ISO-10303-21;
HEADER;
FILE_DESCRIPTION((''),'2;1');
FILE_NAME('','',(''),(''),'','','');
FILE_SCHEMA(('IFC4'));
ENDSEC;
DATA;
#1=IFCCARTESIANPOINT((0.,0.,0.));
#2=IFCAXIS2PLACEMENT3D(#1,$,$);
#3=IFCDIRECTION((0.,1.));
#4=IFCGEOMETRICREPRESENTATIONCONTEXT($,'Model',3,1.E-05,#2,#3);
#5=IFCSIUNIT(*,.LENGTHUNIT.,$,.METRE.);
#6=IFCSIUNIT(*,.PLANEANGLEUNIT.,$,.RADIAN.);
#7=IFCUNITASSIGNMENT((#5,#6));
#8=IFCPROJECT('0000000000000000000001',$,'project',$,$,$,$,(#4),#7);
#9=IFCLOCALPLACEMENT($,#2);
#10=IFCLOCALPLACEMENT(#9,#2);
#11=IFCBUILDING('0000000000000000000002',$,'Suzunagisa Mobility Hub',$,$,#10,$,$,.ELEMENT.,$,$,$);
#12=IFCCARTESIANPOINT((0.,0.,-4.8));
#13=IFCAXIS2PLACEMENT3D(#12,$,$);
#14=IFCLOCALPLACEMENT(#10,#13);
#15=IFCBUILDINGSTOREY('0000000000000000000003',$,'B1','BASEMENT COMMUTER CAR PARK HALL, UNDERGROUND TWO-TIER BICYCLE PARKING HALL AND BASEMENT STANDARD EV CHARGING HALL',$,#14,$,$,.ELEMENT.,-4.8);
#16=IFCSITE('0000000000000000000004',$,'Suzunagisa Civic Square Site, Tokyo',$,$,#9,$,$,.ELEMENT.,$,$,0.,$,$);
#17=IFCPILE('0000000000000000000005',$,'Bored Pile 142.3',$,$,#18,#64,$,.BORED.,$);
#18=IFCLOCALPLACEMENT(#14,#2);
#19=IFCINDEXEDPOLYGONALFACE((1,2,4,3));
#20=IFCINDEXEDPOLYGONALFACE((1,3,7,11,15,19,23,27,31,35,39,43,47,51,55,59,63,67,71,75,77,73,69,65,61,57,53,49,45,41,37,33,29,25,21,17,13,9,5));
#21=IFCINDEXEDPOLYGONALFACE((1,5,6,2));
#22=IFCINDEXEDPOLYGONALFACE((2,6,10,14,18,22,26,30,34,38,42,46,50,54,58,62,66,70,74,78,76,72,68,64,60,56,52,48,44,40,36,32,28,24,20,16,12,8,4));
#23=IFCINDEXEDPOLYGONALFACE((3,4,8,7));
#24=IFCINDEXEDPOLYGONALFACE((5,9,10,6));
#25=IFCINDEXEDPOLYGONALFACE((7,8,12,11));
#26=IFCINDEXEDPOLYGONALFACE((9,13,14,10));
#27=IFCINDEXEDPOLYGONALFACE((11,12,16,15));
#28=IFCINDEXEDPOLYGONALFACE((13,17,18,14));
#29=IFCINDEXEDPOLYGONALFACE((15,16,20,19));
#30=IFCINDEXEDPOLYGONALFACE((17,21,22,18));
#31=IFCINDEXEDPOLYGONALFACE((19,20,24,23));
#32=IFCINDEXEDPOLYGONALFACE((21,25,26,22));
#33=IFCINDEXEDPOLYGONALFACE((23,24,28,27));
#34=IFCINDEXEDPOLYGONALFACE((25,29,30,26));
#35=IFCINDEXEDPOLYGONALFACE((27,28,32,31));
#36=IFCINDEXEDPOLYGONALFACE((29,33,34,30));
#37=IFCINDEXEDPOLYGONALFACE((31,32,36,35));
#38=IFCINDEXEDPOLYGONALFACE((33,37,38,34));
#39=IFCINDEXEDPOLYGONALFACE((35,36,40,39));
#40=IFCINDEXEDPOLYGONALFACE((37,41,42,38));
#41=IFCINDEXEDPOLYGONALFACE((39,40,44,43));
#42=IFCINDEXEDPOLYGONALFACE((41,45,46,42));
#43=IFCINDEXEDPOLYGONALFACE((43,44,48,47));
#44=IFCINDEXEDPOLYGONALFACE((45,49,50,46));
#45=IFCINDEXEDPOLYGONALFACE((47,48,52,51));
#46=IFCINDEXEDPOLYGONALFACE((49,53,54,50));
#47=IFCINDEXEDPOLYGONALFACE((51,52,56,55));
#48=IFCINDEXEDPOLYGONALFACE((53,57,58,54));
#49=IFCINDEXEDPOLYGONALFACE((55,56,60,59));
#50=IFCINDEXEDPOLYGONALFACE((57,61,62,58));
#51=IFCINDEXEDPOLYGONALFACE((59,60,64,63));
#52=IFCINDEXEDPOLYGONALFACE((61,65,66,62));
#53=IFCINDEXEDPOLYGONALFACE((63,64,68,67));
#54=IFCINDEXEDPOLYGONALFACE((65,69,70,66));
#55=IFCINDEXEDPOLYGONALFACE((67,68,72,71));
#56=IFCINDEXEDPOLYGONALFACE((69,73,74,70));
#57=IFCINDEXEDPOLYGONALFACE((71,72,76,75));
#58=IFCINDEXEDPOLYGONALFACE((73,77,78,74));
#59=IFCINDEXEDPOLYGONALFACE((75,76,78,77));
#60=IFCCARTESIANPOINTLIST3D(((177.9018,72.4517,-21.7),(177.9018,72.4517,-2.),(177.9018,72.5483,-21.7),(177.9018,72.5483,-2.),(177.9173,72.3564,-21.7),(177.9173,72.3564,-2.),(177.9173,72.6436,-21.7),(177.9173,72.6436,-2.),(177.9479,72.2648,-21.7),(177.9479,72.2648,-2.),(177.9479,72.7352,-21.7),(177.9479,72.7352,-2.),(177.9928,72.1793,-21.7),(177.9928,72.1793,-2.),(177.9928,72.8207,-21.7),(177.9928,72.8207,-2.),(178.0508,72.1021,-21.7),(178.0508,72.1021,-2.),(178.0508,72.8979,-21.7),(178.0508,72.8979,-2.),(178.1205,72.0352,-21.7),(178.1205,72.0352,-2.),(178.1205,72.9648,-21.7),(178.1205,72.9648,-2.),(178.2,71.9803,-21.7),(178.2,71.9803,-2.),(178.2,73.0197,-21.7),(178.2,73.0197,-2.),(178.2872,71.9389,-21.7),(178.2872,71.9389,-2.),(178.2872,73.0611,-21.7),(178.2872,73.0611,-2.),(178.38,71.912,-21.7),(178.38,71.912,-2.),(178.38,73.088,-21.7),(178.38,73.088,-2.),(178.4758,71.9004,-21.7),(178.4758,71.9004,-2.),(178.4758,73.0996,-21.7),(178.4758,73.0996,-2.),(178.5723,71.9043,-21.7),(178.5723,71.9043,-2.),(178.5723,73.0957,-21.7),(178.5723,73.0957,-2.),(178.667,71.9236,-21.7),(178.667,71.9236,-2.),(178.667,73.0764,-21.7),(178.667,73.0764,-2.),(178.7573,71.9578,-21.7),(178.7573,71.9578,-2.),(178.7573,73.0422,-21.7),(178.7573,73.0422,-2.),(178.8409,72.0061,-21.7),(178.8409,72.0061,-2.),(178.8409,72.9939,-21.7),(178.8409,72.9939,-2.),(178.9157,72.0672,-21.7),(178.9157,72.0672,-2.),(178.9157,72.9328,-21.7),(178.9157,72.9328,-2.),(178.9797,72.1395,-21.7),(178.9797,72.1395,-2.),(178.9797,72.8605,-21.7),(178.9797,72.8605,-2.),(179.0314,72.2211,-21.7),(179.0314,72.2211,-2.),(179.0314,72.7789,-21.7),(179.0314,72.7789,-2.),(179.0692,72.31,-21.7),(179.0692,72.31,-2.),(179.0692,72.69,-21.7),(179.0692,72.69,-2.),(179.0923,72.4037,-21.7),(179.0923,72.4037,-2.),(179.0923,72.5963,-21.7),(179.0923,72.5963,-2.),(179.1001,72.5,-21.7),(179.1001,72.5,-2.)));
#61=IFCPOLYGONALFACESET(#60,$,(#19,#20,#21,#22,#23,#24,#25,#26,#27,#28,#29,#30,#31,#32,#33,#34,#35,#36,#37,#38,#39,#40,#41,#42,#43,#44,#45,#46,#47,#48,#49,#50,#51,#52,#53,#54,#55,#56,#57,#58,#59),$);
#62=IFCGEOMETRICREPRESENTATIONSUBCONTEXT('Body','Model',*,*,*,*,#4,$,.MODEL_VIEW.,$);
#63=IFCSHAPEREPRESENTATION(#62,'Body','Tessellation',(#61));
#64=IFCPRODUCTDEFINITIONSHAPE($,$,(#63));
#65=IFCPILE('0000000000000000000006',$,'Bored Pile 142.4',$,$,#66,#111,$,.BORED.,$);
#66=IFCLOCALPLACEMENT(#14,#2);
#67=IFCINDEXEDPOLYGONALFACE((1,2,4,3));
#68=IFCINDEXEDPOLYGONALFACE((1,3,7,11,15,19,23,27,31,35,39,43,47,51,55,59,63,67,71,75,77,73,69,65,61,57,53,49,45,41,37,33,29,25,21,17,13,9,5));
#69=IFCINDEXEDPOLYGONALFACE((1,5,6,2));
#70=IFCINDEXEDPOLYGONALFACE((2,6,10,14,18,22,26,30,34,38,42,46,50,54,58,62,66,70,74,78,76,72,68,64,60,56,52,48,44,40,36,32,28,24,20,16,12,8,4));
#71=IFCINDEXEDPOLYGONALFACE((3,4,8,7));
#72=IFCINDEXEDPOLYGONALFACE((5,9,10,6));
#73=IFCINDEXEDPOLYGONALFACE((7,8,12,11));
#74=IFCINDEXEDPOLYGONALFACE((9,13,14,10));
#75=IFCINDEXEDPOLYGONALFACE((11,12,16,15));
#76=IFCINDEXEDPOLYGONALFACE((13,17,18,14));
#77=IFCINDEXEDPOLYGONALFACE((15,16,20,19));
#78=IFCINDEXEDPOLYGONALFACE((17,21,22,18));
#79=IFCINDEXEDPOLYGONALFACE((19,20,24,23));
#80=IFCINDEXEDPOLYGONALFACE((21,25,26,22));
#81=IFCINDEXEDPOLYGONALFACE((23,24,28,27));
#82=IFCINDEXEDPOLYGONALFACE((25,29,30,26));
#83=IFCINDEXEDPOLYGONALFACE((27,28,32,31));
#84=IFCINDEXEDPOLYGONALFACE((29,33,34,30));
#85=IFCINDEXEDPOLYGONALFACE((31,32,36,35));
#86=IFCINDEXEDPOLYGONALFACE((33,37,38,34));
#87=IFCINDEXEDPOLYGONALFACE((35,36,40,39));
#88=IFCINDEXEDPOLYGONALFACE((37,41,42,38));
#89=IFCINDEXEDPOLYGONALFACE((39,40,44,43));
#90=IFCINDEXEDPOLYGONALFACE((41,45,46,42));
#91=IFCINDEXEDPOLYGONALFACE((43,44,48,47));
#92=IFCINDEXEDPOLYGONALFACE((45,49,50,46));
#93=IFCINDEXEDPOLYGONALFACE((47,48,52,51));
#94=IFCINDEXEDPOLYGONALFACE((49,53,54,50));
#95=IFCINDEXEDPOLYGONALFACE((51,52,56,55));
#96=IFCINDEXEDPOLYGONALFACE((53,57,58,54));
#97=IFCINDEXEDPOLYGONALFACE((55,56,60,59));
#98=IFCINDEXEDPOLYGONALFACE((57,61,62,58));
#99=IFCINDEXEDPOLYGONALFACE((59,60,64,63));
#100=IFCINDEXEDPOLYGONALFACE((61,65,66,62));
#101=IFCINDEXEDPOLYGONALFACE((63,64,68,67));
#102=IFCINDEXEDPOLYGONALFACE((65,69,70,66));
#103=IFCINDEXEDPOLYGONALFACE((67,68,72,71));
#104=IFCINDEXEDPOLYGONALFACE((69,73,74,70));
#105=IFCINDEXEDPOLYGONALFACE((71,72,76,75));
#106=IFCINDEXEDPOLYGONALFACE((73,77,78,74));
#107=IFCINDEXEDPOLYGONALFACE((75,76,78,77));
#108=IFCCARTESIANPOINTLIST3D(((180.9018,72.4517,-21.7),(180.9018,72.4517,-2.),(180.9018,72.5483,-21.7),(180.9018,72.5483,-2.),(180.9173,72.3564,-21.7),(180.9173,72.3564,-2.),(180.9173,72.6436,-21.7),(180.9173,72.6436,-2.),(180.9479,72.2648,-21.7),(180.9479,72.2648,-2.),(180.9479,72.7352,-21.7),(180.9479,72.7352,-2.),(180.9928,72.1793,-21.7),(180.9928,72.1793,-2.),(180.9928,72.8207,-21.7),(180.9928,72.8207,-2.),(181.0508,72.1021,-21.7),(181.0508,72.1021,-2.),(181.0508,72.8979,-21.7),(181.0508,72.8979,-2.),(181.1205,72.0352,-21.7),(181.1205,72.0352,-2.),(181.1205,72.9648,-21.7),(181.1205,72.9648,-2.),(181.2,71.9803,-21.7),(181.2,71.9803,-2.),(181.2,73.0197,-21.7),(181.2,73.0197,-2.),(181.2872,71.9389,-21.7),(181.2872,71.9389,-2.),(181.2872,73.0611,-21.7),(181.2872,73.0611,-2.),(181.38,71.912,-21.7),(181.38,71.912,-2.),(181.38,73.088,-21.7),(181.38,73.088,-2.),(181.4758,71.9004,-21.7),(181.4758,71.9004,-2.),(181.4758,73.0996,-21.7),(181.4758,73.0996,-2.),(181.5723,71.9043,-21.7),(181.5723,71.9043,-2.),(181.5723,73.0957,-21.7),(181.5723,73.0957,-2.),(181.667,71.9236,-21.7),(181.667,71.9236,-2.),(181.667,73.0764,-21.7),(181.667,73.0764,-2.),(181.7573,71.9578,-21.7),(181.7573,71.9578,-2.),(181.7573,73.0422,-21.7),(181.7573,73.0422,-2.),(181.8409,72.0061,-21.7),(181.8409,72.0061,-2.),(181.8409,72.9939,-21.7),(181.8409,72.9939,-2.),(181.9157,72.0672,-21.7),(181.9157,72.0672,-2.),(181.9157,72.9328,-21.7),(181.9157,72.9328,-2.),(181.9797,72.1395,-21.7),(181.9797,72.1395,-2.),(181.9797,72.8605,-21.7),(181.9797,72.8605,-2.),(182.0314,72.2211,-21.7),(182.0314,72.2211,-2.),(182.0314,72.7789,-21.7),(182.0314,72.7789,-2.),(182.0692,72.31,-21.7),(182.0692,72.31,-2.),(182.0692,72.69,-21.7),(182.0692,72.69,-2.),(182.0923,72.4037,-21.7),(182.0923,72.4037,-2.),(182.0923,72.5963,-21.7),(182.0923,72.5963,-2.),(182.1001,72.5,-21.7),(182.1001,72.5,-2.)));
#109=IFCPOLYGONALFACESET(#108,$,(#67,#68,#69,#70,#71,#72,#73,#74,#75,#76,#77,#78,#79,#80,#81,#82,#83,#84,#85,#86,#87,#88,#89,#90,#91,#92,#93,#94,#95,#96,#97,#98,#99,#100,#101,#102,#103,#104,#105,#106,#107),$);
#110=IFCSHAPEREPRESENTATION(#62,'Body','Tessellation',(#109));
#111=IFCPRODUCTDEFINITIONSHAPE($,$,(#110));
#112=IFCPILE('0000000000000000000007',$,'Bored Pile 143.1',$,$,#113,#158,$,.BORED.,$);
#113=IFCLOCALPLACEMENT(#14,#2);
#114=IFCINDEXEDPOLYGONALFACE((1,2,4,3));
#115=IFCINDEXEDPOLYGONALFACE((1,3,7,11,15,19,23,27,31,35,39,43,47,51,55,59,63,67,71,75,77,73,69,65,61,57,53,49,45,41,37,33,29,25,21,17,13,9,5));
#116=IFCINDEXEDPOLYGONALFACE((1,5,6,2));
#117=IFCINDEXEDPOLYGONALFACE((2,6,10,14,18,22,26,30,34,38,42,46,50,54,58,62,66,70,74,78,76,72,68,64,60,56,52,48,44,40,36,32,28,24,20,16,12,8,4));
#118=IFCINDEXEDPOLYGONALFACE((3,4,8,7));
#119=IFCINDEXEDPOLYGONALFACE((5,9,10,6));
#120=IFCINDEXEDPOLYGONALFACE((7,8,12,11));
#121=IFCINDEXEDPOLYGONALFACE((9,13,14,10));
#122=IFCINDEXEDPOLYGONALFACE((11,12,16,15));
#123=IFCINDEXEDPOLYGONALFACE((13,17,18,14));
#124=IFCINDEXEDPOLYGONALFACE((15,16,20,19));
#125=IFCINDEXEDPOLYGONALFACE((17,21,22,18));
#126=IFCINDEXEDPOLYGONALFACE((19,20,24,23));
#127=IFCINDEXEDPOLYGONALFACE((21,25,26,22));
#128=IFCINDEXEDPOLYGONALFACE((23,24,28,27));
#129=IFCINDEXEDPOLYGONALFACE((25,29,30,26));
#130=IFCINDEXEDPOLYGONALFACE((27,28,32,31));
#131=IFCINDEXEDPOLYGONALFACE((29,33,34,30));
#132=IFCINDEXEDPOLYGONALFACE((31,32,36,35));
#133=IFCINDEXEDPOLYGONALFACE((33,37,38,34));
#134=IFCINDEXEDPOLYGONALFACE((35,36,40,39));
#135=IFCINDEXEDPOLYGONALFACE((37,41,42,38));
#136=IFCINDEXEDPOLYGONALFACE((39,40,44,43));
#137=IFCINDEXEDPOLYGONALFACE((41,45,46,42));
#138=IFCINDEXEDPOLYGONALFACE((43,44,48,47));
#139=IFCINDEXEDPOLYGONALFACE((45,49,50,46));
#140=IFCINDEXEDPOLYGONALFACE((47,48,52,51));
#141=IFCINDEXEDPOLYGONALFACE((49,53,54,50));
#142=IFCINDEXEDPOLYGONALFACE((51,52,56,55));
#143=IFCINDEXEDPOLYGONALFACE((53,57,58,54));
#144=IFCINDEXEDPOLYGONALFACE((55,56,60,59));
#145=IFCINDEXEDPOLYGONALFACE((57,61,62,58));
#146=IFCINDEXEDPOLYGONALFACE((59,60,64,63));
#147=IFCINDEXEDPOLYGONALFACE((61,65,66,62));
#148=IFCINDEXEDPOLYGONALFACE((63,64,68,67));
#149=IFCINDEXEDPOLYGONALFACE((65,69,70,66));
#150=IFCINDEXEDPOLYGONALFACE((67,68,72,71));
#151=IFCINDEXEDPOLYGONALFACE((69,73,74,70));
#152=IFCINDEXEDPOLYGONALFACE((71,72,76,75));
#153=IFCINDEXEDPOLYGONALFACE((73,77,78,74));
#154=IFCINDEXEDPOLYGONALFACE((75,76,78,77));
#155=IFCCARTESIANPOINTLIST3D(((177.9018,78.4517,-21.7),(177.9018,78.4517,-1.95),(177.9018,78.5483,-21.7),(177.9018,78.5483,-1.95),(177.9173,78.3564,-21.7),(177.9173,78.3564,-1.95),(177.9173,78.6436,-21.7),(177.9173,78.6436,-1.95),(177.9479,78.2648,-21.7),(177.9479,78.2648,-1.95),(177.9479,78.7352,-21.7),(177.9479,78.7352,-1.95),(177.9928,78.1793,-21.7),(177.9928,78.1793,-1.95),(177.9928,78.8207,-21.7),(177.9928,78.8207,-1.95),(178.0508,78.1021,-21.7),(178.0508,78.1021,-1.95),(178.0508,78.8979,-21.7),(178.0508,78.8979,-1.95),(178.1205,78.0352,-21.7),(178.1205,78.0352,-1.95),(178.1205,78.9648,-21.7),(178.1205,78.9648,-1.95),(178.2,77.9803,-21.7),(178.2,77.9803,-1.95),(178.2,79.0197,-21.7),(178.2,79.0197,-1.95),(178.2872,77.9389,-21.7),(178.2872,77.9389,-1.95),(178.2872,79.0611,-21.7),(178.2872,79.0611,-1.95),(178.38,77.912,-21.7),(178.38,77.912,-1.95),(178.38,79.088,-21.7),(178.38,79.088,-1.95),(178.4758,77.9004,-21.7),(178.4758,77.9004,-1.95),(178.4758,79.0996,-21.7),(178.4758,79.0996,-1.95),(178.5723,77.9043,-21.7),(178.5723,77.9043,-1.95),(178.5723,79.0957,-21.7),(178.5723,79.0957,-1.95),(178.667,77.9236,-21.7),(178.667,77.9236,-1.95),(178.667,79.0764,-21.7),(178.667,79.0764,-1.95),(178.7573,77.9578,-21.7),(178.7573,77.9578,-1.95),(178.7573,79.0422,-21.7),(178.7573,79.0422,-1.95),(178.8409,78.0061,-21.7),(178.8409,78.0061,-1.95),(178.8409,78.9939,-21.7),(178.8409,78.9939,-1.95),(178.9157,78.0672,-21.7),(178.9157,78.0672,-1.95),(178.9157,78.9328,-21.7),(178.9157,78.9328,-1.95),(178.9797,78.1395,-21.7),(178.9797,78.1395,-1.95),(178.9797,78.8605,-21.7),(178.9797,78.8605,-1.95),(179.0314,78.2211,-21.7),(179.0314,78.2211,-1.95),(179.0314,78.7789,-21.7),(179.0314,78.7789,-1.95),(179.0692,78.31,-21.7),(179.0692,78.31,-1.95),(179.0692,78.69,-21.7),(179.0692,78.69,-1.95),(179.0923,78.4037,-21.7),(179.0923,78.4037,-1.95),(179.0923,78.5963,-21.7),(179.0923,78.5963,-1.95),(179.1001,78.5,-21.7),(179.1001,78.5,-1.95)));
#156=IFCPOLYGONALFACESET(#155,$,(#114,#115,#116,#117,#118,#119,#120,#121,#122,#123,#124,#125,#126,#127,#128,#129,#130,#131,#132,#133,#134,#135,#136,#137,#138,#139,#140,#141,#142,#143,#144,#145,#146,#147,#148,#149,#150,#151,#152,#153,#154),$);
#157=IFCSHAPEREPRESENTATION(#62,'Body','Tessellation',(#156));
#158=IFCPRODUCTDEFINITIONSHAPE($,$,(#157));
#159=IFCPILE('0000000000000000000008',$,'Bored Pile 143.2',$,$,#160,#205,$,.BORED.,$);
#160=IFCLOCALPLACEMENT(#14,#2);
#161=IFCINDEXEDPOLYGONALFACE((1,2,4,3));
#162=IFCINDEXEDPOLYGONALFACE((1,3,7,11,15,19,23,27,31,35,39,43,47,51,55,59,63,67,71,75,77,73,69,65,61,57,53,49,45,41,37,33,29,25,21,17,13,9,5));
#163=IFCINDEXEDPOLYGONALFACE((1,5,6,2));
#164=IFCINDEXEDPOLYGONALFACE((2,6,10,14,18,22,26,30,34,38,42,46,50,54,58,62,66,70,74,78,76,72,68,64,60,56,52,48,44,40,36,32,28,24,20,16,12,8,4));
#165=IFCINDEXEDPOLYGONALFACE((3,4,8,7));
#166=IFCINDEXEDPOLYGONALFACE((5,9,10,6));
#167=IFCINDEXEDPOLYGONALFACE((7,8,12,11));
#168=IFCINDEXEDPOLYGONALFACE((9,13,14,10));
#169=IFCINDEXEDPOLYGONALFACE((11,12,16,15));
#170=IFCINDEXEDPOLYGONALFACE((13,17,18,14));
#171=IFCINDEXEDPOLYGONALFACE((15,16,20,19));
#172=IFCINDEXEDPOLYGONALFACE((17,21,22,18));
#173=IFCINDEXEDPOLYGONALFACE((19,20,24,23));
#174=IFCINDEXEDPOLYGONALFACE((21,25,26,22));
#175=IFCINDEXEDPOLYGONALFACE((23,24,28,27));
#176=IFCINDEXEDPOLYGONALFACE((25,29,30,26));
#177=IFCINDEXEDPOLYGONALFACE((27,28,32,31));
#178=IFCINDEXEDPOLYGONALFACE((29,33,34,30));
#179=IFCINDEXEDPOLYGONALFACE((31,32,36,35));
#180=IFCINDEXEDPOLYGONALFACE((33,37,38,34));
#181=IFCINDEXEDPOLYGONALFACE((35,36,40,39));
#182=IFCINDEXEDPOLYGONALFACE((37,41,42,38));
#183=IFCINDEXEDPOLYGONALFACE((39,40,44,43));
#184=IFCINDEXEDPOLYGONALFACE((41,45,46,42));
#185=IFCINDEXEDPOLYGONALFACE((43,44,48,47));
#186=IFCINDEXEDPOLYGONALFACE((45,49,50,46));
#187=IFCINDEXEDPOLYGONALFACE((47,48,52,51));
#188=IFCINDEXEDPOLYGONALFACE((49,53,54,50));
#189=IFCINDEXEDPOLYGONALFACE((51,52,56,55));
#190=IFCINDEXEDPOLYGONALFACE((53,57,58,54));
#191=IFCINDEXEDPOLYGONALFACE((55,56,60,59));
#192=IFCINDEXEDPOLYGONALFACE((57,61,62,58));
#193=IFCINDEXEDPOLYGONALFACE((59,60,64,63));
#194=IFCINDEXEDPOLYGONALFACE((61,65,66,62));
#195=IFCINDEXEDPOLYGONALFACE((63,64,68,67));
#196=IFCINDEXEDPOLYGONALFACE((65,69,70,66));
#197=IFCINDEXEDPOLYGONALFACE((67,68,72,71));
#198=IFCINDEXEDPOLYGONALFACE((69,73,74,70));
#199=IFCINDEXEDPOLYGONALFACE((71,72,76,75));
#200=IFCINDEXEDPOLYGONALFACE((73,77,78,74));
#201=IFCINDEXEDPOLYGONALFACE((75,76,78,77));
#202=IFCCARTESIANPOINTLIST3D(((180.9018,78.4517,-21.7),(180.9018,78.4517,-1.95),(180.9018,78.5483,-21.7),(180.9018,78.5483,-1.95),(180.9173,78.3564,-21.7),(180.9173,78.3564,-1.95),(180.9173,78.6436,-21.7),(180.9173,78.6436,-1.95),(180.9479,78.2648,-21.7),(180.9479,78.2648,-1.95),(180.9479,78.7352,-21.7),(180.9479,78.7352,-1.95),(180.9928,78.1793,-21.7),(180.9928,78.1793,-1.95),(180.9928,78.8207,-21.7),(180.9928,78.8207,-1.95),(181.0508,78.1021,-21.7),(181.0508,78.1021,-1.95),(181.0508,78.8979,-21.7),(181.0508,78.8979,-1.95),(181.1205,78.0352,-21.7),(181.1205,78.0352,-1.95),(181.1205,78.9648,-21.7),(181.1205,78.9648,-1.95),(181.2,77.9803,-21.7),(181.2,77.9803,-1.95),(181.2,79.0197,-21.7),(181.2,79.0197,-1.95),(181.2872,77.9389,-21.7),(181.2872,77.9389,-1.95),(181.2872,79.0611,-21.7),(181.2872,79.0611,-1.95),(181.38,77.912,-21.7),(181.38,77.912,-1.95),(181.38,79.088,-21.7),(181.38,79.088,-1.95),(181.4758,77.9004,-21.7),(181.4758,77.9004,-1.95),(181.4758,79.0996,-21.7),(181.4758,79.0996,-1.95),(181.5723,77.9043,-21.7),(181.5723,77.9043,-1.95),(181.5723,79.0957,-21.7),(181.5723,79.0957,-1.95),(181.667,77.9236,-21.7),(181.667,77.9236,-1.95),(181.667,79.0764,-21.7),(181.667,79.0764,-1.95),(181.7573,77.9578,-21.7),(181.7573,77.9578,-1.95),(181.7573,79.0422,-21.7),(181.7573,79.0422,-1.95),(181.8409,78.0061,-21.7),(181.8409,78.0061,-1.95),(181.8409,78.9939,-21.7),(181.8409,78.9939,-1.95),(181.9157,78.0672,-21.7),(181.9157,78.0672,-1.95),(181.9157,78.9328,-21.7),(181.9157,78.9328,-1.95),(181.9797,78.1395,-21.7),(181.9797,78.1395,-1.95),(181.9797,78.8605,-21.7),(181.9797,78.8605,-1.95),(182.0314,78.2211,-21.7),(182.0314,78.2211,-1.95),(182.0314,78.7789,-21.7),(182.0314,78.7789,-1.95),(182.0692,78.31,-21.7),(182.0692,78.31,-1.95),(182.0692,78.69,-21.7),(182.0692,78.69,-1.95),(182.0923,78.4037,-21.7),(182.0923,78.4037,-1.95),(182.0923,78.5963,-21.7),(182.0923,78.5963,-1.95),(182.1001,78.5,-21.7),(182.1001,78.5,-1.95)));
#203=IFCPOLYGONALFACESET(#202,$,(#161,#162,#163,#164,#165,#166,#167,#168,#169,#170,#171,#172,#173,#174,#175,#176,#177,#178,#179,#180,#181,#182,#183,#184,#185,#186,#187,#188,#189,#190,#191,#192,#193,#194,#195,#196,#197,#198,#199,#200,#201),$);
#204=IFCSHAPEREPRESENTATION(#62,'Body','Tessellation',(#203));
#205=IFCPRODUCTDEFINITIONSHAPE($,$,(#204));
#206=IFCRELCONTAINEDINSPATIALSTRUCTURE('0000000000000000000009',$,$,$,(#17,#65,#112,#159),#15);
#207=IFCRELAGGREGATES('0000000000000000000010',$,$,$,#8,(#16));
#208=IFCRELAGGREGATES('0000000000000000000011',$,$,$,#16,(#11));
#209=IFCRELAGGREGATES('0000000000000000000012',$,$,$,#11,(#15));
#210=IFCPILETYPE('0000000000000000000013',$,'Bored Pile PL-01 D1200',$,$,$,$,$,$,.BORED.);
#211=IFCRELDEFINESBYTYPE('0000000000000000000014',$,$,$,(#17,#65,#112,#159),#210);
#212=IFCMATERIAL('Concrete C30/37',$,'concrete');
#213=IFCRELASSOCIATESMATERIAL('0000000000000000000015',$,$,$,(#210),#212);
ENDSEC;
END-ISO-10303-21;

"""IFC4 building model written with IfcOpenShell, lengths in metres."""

from ifc_helpers import new_model, si_unit, direction, frame, origin, origin_2d, place, context, subcontext, project, spatial, circle, extrude, material, material_profile, profile_set, type_object, element, save


model = new_model("IFC4")

# Units and contexts
model_context = context("Model", 3, precision=1e-05, world=origin(), true_north=direction((0.0, 1.0)))
body_context = subcontext(model_context, "Body", "Model", "MODEL_VIEW")
ifc_project = project(units=[si_unit("LENGTHUNIT", "METRE"), si_unit("PLANEANGLEUNIT", "RADIAN")], contexts=[model_context])

# Site, building, storey
site_placement = place(None, origin())
site = spatial("IfcSite", under=ifc_project, at=site_placement, Name="Suzunagisa Civic Square Site, Tokyo", CompositionType="ELEMENT", RefElevation=0.0)
building_placement = place(site_placement, origin())
building = spatial("IfcBuilding", under=site, at=building_placement, Name="Suzunagisa Mobility Hub", CompositionType="ELEMENT")
storey_placement = place(building_placement, frame((0.0, 0.0, -4.8)))
storey = spatial("IfcBuildingStorey", under=building, at=storey_placement, Name="B1", Description="BASEMENT COMMUTER CAR PARK HALL, UNDERGROUND TWO-TIER BICYCLE PARKING HALL AND BASEMENT STANDARD EV CHARGING HALL", CompositionType="ELEMENT", Elevation=-4.8)

# Piles
ifc_material_1 = material(Name="Concrete C30/37", Category="concrete")
ifc_material_profile_1 = material_profile(ifc_material_1, circle(Radius=0.6001, at=origin_2d()), Name="BORED PILE D1200")
ifc_profile_set_1 = profile_set([ifc_material_profile_1], Name="Concrete C30/37")
pile_type = type_object("IfcPileType", Name="Bored Pile PL-01 D1200", PredefinedType="BORED", material=ifc_profile_set_1)
for number, where, z_axis, x_axis, name in (
    (1, (178.5, 72.5, -2.0), (0.0, 0.0, -1.0), (1.0, 0.0, 0.0), "Bored Pile 142.3"),
    (2, (181.5, 72.5, -2.0), (0.0, 0.0, -1.0), (1.0, 0.0, 0.0), "Bored Pile 142.4"),
):
    element("IfcPile", number, at=place(storey_placement, frame(where, z_axis=z_axis, x_axis=x_axis)), inside=storey, type_object=pile_type, Name=name, PredefinedType="BORED", context=body_context, shape_type="SweptSolid", body=[
        extrude(circle(Radius=0.6001, at=origin_2d()), origin(), (0.0, 0.0, 1.0), 19.7),
    ])
for number, where, z_axis, x_axis, name in (
    (3, (178.5, 78.5, -1.95), (0.0, 0.0, -1.0), (1.0, 0.0, 0.0), "Bored Pile 143.1"),
    (4, (181.5, 78.5, -1.95), (0.0, 0.0, -1.0), (1.0, 0.0, 0.0), "Bored Pile 143.2"),
):
    element("IfcPile", number, at=place(storey_placement, frame(where, z_axis=z_axis, x_axis=x_axis)), inside=storey, type_object=pile_type, Name=name, PredefinedType="BORED", context=body_context, shape_type="SweptSolid", body=[
        extrude(circle(Radius=0.6001, at=origin_2d()), origin(), (0.0, 0.0, 1.0), 19.75),
    ])

save(model, "model.ifc")
